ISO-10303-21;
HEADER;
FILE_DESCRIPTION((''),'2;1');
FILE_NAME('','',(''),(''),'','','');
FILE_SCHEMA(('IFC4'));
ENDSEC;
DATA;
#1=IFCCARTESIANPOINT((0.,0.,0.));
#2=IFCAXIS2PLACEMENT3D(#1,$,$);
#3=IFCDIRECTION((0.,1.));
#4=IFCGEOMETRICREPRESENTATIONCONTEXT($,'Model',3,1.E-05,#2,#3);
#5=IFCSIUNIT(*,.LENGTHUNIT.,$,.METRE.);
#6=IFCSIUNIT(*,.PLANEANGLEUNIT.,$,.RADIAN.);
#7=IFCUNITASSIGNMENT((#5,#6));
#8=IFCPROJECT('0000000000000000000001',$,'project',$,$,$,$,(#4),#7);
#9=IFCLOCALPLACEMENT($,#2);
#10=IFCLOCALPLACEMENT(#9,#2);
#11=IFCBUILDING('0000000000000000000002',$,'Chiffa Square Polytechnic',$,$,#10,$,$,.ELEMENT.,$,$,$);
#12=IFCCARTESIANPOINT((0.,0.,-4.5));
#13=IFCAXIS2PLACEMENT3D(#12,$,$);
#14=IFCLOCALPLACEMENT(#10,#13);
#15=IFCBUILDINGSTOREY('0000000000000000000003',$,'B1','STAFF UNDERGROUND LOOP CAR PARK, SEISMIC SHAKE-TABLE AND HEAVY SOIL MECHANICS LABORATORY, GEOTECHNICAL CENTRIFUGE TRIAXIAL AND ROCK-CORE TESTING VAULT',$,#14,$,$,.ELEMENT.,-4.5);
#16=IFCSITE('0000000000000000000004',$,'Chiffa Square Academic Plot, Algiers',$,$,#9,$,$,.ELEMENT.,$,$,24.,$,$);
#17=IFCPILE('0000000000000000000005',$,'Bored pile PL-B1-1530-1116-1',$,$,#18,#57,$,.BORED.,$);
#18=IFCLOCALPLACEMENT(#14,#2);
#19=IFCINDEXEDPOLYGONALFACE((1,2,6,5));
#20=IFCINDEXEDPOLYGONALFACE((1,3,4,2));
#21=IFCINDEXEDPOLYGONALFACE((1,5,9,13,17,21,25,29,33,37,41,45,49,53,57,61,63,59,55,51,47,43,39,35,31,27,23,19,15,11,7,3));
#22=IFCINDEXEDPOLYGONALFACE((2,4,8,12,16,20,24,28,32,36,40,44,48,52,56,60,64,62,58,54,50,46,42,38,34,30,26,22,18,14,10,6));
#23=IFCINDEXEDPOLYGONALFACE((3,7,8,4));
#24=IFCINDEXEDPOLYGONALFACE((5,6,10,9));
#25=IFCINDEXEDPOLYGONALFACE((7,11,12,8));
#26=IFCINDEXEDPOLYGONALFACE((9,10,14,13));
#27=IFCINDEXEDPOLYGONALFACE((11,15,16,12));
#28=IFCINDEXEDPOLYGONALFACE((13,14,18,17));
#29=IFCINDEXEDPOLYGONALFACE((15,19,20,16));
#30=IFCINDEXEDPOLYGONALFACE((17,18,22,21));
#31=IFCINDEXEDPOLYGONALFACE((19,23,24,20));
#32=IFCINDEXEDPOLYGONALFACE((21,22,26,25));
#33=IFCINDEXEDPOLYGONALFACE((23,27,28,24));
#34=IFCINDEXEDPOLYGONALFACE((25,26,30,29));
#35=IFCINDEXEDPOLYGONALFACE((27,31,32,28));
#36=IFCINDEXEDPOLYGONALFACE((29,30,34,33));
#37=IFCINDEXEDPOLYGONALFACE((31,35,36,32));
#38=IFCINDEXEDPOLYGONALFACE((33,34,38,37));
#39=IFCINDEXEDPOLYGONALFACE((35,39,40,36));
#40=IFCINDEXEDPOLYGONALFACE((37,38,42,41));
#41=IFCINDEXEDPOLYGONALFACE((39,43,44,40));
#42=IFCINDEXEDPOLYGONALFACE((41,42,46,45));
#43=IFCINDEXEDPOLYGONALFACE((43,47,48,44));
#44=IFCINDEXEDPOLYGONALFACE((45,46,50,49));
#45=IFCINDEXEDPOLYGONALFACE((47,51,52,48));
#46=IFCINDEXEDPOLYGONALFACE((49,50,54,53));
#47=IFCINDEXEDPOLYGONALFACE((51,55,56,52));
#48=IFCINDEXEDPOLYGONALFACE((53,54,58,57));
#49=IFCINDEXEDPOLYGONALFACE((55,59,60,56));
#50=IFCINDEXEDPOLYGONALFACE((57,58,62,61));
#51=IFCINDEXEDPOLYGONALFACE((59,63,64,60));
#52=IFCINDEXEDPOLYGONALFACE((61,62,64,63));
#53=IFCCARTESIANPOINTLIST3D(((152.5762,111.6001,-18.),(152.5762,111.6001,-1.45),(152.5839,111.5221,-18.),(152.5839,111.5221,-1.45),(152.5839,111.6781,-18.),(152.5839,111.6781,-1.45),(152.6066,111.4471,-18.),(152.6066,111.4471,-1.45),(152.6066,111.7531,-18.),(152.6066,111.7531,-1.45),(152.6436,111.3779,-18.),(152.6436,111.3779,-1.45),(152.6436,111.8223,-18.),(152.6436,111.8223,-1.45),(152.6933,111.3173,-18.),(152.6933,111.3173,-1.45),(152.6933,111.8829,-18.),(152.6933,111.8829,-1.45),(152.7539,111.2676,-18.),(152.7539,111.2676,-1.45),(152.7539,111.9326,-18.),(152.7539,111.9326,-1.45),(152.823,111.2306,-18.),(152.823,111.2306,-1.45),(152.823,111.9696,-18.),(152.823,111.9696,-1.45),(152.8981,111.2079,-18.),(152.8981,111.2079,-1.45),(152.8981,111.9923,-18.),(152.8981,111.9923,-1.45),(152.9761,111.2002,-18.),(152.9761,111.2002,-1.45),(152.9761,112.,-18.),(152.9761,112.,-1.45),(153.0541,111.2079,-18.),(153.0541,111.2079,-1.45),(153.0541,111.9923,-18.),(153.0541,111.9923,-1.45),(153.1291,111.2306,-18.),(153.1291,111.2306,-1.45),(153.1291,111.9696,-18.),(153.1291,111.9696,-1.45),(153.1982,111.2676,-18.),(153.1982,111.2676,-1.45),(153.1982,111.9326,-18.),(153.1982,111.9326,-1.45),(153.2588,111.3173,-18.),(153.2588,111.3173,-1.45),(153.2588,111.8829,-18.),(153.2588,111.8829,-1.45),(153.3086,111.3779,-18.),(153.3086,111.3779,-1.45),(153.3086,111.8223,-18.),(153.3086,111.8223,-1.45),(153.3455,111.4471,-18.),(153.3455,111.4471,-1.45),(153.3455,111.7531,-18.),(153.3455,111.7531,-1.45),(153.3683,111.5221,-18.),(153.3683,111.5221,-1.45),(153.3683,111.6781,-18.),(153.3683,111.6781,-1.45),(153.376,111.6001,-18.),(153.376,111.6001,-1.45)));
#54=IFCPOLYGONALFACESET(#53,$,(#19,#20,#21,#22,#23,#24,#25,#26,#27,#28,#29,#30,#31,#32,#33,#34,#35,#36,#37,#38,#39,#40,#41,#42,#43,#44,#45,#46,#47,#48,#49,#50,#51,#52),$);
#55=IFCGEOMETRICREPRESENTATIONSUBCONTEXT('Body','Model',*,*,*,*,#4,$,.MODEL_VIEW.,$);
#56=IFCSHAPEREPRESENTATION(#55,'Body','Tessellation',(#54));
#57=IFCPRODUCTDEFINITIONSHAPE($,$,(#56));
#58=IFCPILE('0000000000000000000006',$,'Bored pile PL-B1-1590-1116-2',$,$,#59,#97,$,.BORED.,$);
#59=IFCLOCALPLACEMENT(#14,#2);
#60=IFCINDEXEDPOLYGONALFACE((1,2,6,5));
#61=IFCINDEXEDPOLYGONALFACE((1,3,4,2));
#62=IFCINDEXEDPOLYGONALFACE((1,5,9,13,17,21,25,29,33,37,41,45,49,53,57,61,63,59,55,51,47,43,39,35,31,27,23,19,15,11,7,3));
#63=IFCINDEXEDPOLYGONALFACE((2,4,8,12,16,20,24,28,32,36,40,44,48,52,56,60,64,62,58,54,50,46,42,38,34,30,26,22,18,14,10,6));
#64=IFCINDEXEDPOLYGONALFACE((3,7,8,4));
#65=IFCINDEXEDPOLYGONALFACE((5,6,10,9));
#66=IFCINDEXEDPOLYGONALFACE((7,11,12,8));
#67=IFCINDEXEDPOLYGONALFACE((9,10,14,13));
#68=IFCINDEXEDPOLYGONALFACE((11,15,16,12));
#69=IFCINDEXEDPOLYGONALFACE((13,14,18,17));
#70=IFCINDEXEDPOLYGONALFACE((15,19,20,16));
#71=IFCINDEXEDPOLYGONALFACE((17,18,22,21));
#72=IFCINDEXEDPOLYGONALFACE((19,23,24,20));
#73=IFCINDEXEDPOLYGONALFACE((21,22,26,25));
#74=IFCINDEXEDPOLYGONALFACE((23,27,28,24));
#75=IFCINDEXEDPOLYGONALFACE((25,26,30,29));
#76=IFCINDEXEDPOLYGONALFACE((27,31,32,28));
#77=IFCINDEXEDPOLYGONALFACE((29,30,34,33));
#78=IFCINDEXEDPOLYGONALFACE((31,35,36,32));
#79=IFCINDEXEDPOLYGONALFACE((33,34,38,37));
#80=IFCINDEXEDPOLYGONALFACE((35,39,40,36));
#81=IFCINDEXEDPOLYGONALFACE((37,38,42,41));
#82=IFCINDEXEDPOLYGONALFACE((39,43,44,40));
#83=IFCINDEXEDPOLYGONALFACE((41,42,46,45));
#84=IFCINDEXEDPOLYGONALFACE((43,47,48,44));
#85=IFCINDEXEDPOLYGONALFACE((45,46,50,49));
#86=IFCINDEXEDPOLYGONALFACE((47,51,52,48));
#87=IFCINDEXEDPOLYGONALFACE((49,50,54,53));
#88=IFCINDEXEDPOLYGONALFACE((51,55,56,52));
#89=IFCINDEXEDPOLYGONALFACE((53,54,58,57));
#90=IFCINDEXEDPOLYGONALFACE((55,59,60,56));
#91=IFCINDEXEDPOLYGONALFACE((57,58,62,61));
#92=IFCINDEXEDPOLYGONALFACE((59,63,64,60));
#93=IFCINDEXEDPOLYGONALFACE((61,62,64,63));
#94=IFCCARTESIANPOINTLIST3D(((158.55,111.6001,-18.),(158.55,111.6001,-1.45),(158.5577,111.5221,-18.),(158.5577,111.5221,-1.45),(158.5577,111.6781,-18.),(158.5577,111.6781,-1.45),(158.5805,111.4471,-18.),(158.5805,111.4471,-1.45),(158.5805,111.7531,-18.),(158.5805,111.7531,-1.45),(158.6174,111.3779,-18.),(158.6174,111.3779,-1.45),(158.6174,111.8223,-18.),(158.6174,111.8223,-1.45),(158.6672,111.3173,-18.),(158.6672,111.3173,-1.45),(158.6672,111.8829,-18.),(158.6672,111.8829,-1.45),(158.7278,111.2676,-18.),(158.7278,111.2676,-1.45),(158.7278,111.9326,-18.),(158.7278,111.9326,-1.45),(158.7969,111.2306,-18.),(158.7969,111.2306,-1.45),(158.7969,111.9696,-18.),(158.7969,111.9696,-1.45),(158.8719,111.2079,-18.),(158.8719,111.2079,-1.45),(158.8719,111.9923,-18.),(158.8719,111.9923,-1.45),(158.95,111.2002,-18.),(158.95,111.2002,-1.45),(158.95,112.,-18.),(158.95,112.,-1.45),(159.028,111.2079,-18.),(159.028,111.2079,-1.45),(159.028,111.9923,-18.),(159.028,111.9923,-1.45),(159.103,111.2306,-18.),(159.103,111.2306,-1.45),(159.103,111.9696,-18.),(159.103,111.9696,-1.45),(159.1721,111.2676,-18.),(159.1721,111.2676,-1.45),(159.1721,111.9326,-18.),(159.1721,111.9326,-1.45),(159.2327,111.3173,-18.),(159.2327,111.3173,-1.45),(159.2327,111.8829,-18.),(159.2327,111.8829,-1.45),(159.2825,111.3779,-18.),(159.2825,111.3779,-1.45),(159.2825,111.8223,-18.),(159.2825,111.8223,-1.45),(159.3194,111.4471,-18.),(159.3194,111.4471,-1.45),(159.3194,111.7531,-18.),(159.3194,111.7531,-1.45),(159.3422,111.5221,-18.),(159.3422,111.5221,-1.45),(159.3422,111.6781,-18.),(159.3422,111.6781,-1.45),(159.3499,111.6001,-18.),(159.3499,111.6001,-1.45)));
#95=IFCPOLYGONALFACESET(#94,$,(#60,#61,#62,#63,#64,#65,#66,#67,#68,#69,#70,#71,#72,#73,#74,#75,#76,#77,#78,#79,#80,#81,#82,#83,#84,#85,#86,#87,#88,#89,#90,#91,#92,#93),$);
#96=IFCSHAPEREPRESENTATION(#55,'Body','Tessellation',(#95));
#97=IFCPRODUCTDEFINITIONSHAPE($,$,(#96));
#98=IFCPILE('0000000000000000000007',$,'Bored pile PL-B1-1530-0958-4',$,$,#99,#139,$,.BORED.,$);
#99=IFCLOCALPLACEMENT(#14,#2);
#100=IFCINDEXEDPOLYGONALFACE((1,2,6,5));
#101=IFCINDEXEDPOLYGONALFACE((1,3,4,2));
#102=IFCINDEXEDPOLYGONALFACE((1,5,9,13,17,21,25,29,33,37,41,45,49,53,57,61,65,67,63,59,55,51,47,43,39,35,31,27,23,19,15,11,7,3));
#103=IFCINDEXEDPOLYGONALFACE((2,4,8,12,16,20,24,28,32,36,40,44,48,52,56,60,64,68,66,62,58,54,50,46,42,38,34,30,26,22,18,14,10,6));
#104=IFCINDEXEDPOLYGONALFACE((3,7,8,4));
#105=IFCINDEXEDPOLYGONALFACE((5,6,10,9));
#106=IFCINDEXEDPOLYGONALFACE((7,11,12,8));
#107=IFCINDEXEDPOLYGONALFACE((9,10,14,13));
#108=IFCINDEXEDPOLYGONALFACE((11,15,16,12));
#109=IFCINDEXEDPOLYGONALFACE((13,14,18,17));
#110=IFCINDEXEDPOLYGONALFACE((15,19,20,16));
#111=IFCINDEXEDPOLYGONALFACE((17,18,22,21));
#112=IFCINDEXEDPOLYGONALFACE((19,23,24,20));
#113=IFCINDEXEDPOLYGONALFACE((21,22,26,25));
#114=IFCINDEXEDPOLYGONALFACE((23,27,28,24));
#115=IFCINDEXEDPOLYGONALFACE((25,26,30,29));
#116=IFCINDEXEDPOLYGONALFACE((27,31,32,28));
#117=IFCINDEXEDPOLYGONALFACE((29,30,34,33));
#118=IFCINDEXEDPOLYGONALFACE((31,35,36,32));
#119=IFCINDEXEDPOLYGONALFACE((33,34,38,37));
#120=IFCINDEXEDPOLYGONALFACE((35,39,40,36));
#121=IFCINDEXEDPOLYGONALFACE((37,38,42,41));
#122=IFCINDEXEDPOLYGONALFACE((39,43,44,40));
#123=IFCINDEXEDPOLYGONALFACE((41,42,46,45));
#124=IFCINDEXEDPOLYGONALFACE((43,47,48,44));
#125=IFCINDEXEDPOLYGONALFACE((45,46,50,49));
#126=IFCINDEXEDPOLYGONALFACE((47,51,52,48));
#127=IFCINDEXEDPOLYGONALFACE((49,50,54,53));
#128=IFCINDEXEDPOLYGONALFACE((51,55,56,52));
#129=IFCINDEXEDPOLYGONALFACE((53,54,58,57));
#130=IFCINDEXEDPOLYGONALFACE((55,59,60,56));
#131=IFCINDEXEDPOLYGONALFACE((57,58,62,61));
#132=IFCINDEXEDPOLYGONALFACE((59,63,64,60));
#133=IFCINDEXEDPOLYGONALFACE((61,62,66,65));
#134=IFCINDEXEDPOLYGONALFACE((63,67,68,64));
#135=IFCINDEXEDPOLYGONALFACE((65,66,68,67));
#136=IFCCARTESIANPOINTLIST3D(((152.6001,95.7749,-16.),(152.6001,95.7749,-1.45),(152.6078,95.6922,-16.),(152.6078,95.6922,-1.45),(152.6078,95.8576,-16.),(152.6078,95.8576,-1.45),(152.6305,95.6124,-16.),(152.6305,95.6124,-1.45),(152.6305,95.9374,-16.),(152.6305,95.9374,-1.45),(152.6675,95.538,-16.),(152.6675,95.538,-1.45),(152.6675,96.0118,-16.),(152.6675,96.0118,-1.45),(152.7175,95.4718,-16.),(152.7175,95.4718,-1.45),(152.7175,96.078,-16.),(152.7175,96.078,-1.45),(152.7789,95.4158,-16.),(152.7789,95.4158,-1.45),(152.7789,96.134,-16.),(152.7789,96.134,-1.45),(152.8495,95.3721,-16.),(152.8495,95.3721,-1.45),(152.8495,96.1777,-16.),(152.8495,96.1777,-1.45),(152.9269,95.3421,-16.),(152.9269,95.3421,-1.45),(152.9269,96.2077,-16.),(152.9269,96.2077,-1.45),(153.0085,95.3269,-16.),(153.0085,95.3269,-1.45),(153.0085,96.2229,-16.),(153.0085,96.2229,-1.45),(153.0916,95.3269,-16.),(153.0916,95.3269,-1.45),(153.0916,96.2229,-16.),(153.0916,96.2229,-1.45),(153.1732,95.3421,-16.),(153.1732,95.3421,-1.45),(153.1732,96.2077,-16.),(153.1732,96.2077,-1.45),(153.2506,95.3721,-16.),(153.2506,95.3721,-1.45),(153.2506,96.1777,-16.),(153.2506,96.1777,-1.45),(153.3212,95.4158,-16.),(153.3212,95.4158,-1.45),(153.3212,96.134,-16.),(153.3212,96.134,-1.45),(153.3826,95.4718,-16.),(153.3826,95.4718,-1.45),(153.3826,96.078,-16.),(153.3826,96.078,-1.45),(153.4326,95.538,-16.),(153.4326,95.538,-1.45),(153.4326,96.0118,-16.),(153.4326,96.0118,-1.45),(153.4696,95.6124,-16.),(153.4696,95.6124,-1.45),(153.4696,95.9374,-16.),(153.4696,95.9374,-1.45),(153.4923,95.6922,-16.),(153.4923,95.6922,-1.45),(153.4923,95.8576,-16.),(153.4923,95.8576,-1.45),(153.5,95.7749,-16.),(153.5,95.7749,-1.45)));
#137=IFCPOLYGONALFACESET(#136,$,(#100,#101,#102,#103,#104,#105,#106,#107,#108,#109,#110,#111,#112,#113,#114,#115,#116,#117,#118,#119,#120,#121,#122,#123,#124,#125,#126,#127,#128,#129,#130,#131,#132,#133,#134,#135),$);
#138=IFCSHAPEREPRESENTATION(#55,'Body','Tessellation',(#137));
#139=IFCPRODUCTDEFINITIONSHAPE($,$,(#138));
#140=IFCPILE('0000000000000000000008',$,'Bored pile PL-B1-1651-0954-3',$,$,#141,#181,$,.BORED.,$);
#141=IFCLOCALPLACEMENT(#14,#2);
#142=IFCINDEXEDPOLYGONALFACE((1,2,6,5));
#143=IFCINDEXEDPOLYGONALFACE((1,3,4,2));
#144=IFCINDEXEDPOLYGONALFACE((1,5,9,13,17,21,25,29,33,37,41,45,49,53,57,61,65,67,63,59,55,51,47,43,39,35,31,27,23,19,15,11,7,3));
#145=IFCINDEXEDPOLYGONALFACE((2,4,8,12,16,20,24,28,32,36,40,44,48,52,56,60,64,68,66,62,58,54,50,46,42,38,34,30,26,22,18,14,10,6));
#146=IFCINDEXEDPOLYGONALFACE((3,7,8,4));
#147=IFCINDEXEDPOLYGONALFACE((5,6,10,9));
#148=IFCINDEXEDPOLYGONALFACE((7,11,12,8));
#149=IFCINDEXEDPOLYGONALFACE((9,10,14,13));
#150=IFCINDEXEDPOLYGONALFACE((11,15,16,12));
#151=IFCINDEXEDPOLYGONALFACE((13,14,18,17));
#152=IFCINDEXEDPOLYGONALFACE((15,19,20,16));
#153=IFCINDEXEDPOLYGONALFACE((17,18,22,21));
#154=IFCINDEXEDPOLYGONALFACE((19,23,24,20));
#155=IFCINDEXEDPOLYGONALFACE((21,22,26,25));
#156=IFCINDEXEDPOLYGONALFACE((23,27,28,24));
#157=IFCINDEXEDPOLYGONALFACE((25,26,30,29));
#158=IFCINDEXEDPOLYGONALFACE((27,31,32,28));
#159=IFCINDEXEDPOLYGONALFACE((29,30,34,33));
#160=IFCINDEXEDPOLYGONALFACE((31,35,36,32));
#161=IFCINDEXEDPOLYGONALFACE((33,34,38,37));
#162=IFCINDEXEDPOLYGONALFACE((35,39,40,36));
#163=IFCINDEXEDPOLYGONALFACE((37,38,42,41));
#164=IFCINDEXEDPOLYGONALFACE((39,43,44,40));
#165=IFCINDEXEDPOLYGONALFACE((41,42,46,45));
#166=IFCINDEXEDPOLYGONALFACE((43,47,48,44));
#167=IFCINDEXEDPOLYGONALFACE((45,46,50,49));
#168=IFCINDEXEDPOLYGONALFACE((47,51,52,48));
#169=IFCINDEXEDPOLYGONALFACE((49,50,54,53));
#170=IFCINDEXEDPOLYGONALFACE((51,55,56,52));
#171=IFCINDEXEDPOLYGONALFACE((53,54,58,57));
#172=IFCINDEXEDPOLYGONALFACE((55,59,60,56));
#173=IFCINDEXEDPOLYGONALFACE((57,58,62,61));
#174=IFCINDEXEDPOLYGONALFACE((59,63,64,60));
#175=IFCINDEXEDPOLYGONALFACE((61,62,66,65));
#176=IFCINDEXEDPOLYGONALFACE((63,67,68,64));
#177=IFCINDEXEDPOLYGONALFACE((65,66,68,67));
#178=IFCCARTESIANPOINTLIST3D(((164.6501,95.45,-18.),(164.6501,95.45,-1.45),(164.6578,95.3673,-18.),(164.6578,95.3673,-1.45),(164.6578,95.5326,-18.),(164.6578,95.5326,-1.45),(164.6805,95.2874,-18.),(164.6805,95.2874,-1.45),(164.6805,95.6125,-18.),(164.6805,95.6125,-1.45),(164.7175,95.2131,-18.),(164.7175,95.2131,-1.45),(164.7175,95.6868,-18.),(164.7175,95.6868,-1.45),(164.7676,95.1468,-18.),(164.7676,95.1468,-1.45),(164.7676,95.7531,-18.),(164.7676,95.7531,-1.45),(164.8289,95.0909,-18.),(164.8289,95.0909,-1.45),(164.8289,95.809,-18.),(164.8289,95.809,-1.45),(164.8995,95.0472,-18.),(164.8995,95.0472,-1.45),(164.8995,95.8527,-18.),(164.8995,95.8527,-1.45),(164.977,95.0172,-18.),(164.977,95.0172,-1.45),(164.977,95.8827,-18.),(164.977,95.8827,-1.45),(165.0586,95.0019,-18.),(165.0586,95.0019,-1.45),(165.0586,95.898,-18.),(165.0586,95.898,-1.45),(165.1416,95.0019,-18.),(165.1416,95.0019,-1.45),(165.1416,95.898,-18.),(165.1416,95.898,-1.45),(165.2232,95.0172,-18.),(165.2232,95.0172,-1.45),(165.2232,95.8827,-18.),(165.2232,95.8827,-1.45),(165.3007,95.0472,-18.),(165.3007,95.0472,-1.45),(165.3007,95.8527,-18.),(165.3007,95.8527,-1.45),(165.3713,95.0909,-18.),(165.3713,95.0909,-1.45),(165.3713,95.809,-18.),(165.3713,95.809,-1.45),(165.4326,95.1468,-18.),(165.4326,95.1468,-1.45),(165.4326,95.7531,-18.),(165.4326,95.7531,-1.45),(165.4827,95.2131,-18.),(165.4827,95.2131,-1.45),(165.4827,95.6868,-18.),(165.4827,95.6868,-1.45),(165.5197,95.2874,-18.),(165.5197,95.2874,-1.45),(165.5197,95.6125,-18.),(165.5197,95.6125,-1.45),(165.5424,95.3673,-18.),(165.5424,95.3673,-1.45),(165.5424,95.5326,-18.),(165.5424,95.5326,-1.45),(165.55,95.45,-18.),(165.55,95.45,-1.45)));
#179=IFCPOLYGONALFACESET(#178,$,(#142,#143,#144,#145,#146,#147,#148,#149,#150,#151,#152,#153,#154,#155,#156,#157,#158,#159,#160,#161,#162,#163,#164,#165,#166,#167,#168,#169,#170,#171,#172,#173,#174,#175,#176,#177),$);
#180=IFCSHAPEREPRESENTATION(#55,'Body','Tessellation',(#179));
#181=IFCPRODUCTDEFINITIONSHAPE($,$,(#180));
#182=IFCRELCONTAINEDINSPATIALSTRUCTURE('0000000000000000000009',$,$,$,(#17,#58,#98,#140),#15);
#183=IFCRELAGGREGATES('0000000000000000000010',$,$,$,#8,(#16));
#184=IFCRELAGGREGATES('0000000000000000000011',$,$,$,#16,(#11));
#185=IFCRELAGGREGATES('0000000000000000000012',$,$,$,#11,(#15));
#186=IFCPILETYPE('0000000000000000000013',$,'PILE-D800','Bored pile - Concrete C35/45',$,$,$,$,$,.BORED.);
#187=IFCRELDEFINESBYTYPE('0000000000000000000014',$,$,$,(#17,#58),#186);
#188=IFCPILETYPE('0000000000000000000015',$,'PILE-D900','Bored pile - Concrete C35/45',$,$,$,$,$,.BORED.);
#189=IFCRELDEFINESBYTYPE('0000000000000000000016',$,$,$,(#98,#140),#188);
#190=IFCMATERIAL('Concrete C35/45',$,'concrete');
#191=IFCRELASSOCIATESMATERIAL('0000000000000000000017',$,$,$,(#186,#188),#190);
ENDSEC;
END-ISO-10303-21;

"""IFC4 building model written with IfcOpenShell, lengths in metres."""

from ifc_helpers import new_model, si_unit, direction, frame, origin, origin_2d, place, context, subcontext, project, spatial, circle, extrude, material, material_profile, profile_set, type_object, element, save


model = new_model("IFC4")

# Units and contexts
model_context = context("Model", 3, precision=1e-05, world=origin(), true_north=direction((0.0, 1.0)))
body_context = subcontext(model_context, "Body", "Model", "MODEL_VIEW")
ifc_project = project(units=[si_unit("LENGTHUNIT", "METRE"), si_unit("PLANEANGLEUNIT", "RADIAN")], contexts=[model_context])

# Site, building, storey
site_placement = place(None, origin())
site = spatial("IfcSite", under=ifc_project, at=site_placement, Name="Chiffa Square Academic Plot, Algiers", CompositionType="ELEMENT", RefElevation=24.0)
building_placement = place(site_placement, origin())
building = spatial("IfcBuilding", under=site, at=building_placement, Name="Chiffa Square Polytechnic", CompositionType="ELEMENT")
storey_placement = place(building_placement, frame((0.0, 0.0, -4.5)))
storey = spatial("IfcBuildingStorey", under=building, at=storey_placement, Name="B1", Description="STAFF UNDERGROUND LOOP CAR PARK, SEISMIC SHAKE-TABLE AND HEAVY SOIL MECHANICS LABORATORY, GEOTECHNICAL CENTRIFUGE TRIAXIAL AND ROCK-CORE TESTING VAULT", CompositionType="ELEMENT", Elevation=-4.5)

# Shared definitions
ifc_material_1 = material(Name="Concrete C35/45", Category="concrete")

# Piles
ifc_material_profile_1 = material_profile(ifc_material_1, circle(Radius=0.3999, at=origin_2d()), Name="PILE D800")
ifc_profile_set_1 = profile_set([ifc_material_profile_1], Name="Concrete C35/45")
pile_type_1 = type_object("IfcPileType", Name="PILE-D800", Description="Bored pile - Concrete C35/45", PredefinedType="BORED", material=ifc_profile_set_1)
for number, where, z_axis, x_axis, name in (
    (1, (152.9761, 111.6001, -1.45), (0.0, 0.0, -1.0), (1.0, 0.0, 0.0), "Bored pile PL-B1-1530-1116-1"),
    (2, (158.95, 111.6001, -1.45), (0.0, 0.0, -1.0), (1.0, 0.0, 0.0), "Bored pile PL-B1-1590-1116-2"),
):
    element("IfcPile", number, at=place(storey_placement, frame(where, z_axis=z_axis, x_axis=x_axis)), inside=storey, type_object=pile_type_1, Name=name, PredefinedType="BORED", context=body_context, shape_type="SweptSolid", body=[
        extrude(circle(Radius=0.3999, at=origin_2d()), origin(), (0.0, 0.0, 1.0), 16.55),
    ])
ifc_material_profile_2 = material_profile(ifc_material_1, circle(Radius=0.45, at=origin_2d()), Name="PILE D900")
ifc_profile_set_2 = profile_set([ifc_material_profile_2], Name="Concrete C35/45")
pile_type_2 = type_object("IfcPileType", Name="PILE-D900", Description="Bored pile - Concrete C35/45", PredefinedType="BORED", material=ifc_profile_set_2)
pile_1_placement = place(storey_placement, frame((153.05, 95.7749, -1.45), z_axis=(0.0, 0.0, -1.0), x_axis=(1.0, 0.0, 0.0)))
element("IfcPile", 3, at=pile_1_placement, inside=storey, type_object=pile_type_2, Name="Bored pile PL-B1-1530-0958-4", PredefinedType="BORED", context=body_context, shape_type="SweptSolid", body=[
    extrude(circle(Radius=0.45, at=origin_2d()), origin(), (0.0, 0.0, 1.0), 14.55),
])
for number, where, z_axis, x_axis, name in (
    (4, (165.1001, 95.45, -1.45), (0.0, 0.0, -1.0), (1.0, 0.0, 0.0), "Bored pile PL-B1-1651-0954-3"),
):
    element("IfcPile", number, at=place(storey_placement, frame(where, z_axis=z_axis, x_axis=x_axis)), inside=storey, type_object=pile_type_2, Name=name, PredefinedType="BORED", context=body_context, shape_type="SweptSolid", body=[
        extrude(circle(Radius=0.45, at=origin_2d()), origin(), (0.0, 0.0, 1.0), 16.55),
    ])

save(model, "model.ifc")
